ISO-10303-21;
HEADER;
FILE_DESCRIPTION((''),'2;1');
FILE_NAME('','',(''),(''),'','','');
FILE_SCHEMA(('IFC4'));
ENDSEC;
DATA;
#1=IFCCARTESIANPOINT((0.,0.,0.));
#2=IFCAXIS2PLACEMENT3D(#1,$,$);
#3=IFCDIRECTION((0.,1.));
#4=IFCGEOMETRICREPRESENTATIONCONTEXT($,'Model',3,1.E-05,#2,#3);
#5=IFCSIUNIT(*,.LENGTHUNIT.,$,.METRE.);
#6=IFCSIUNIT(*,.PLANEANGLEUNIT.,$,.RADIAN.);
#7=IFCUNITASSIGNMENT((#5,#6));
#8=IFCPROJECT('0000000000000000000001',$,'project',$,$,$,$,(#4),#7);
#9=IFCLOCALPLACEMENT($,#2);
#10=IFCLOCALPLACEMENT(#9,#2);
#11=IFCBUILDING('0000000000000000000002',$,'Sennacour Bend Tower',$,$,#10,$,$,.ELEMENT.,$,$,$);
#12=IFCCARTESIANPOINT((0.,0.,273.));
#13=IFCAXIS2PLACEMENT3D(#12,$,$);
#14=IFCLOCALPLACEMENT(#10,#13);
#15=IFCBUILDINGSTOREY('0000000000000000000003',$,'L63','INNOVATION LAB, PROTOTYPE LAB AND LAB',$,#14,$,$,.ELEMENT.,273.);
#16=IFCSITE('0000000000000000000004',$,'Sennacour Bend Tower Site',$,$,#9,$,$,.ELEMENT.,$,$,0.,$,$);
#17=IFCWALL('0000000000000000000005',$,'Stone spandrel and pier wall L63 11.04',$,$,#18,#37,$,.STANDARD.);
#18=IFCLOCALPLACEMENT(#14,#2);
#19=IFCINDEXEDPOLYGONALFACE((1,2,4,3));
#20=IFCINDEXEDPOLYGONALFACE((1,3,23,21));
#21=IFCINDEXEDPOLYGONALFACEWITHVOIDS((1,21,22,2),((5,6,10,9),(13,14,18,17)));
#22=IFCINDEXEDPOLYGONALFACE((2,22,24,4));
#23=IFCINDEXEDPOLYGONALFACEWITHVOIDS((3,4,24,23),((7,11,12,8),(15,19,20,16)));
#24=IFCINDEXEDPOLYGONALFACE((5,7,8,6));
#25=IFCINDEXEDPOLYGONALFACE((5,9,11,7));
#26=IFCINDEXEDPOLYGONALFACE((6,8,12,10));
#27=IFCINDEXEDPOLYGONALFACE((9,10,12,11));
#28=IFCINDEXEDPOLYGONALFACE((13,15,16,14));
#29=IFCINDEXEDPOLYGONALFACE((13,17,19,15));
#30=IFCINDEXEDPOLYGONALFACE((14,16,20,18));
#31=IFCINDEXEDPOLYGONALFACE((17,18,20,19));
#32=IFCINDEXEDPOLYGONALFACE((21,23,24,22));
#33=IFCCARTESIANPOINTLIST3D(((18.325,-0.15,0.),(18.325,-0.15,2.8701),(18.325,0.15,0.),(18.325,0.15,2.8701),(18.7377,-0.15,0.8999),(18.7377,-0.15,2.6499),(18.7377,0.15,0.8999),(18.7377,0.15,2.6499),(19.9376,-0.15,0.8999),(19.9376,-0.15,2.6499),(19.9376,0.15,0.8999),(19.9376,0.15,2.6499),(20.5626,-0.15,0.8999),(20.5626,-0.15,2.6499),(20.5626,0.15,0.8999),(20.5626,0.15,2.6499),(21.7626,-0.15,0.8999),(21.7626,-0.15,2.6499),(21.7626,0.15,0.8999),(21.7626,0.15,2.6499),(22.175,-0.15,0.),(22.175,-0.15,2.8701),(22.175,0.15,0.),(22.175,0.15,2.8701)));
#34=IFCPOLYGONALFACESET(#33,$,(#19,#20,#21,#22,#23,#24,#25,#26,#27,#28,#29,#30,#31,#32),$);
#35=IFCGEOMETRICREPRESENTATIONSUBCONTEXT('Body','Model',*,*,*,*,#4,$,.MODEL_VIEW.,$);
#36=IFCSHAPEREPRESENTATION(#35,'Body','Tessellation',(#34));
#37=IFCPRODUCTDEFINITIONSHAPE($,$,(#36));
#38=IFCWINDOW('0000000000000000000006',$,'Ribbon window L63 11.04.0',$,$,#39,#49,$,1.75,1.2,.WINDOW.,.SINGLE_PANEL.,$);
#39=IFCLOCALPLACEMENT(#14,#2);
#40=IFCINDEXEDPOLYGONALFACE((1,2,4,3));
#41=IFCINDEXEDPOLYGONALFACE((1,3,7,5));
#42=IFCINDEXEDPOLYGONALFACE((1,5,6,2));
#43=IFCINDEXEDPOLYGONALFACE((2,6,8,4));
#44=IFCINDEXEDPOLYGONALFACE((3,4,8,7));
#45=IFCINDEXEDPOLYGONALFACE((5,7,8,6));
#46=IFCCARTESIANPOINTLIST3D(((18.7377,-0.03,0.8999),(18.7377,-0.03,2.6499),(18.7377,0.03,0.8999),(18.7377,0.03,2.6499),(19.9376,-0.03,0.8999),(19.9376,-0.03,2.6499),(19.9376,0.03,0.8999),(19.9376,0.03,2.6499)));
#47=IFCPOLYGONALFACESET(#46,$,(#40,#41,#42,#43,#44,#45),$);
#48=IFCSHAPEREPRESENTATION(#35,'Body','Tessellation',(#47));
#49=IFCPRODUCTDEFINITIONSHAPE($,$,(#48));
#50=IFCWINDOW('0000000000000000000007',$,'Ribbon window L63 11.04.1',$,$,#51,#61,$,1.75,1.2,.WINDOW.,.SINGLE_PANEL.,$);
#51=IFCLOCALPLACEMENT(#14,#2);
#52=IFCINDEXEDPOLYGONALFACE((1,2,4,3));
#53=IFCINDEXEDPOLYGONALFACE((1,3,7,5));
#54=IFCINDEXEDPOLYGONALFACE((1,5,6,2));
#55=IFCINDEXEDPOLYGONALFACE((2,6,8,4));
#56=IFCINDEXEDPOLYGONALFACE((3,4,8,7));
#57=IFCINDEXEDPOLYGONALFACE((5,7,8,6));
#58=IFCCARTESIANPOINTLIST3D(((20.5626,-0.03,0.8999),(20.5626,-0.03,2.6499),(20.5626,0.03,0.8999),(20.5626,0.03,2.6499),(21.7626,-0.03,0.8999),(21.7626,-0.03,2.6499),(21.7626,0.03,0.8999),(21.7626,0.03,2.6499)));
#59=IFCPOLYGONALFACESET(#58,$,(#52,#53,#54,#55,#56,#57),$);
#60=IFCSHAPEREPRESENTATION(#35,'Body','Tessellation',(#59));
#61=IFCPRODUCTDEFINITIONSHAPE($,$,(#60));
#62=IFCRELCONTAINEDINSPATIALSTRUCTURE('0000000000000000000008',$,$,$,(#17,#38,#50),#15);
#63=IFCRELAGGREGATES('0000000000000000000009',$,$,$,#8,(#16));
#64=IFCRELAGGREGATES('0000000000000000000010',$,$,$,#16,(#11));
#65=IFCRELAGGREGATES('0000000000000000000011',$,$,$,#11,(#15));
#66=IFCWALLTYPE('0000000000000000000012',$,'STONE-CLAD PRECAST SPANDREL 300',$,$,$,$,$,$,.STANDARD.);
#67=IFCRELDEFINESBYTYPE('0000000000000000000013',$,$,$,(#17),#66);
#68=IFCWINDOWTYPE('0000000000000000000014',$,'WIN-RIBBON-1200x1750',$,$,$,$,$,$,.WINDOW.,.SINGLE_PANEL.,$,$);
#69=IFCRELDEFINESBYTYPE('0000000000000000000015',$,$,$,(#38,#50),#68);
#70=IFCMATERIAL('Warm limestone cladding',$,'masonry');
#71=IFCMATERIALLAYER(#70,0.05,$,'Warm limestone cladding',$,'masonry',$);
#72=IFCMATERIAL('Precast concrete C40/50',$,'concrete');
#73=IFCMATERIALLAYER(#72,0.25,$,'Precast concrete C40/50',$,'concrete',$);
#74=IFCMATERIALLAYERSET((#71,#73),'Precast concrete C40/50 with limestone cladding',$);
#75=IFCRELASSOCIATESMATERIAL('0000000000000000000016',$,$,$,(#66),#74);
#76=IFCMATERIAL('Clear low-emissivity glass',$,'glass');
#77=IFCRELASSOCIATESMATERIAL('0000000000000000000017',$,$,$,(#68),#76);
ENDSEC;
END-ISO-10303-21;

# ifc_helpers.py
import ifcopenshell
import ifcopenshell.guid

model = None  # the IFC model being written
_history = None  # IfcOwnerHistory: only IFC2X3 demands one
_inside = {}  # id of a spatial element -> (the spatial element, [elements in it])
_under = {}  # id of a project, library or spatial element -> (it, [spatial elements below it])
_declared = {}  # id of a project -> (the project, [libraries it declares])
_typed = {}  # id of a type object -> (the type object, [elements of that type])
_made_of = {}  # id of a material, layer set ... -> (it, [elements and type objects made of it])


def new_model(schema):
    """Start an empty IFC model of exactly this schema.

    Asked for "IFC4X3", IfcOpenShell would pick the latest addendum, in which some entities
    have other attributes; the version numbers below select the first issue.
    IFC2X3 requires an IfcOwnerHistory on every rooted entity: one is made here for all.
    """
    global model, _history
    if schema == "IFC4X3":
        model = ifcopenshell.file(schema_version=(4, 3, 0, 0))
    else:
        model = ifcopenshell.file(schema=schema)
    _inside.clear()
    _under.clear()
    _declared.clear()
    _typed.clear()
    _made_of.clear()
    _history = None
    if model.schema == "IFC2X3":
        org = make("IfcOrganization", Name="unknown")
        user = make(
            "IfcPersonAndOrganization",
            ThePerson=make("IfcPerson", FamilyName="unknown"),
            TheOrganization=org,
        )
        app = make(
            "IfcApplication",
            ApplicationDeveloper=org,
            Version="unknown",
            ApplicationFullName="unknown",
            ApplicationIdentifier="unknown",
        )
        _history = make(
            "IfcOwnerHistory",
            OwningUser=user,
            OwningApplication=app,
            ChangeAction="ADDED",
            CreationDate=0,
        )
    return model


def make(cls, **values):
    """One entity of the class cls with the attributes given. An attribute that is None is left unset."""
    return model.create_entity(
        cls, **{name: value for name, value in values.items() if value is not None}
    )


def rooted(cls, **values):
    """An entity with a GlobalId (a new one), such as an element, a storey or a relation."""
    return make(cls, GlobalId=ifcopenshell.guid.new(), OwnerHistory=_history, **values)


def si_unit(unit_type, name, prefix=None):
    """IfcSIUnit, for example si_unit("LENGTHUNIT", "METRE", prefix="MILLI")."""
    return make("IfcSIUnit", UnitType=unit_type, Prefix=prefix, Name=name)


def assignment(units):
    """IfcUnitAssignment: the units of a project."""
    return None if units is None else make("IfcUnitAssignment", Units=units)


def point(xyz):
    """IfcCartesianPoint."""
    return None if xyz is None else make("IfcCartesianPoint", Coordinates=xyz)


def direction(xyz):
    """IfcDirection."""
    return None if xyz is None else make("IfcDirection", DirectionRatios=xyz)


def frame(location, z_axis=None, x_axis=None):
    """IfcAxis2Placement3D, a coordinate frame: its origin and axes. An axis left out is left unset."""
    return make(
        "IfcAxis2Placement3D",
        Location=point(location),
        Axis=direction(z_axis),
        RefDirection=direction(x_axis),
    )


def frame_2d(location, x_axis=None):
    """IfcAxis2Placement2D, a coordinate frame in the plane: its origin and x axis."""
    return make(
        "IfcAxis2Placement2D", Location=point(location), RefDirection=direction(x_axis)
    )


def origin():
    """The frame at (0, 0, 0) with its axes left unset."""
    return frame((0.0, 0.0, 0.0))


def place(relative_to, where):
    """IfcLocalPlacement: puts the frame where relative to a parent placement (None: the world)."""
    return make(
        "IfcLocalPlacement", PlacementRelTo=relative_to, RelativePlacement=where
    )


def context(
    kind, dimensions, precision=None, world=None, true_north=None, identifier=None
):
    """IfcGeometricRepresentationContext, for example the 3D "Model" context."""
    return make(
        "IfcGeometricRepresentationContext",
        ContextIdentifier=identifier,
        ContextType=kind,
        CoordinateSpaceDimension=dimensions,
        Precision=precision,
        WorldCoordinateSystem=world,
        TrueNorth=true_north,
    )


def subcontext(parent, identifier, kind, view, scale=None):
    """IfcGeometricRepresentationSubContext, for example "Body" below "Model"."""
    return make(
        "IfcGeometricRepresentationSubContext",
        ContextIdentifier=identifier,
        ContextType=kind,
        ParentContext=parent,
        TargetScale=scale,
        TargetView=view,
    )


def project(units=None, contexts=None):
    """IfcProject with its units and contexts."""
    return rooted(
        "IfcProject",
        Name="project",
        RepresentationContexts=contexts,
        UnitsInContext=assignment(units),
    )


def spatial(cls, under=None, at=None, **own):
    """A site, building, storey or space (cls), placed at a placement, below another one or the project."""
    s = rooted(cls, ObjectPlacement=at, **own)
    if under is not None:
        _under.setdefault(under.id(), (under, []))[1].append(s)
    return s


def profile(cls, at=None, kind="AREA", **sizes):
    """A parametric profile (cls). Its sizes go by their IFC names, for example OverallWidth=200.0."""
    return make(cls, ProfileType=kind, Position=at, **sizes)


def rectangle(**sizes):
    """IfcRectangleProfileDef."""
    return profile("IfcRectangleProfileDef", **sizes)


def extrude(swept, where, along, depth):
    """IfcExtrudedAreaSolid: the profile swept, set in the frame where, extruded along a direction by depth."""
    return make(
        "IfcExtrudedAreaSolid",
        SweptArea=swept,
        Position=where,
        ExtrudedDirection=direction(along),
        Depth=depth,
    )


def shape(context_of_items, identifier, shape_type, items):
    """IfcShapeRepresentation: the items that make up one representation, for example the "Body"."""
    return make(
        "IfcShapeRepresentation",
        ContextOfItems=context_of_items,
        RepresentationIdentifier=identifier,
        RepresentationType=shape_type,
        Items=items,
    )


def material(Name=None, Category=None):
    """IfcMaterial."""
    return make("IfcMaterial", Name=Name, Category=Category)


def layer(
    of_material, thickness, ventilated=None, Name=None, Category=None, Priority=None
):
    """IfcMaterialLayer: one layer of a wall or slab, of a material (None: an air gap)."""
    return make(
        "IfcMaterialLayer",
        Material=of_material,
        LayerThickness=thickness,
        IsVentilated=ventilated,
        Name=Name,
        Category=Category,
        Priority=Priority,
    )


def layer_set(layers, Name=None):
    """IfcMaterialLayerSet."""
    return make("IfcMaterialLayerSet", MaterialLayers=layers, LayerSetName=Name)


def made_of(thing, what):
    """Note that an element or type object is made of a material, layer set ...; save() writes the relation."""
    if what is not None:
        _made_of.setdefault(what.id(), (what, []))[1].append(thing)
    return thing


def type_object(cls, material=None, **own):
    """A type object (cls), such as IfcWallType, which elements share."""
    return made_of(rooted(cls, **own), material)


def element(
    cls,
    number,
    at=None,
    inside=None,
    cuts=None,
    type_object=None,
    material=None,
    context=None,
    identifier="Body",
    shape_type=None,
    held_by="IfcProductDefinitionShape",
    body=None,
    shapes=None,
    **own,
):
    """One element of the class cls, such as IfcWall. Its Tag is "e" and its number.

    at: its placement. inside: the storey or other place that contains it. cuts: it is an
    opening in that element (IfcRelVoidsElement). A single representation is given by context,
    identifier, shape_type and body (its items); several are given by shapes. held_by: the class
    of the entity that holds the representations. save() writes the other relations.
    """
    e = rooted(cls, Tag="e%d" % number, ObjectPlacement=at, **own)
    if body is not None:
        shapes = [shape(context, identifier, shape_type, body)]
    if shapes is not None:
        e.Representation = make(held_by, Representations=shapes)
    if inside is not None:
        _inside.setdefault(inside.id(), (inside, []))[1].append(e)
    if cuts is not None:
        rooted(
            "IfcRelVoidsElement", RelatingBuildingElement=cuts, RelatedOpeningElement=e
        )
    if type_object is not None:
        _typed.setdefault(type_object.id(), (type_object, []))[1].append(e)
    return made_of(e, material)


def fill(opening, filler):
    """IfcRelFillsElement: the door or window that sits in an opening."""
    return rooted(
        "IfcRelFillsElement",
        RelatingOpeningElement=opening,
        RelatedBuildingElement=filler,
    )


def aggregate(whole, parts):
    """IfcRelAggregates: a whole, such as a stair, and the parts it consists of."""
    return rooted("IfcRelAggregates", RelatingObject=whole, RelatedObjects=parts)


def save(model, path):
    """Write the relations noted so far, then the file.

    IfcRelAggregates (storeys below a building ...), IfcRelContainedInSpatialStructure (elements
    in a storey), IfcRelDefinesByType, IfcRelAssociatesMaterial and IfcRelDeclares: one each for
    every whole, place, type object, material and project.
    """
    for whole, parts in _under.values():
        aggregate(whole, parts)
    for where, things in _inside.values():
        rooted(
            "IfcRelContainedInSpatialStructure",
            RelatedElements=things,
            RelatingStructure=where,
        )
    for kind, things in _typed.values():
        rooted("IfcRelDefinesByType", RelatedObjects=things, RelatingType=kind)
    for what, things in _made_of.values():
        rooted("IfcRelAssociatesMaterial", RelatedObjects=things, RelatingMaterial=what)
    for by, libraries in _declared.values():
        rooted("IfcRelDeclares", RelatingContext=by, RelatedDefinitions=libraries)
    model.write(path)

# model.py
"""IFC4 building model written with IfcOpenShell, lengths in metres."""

from ifc_helpers import new_model, si_unit, direction, frame, frame_2d, origin, place, context, subcontext, project, spatial, rectangle, extrude, material, layer, layer_set, type_object, element, fill, save


model = new_model("IFC4")

# Units and contexts
model_context = context("Model", 3, precision=1e-05, world=origin(), true_north=direction((0.0, 1.0)))
body_context = subcontext(model_context, "Body", "Model", "MODEL_VIEW")
ifc_project = project(units=[si_unit("LENGTHUNIT", "METRE"), si_unit("PLANEANGLEUNIT", "RADIAN")], contexts=[model_context])

# Site, building, storey
site_placement = place(None, origin())
site = spatial("IfcSite", under=ifc_project, at=site_placement, Name="Sennacour Bend Tower Site", CompositionType="ELEMENT", RefElevation=0.0)
building_placement = place(site_placement, origin())
building = spatial("IfcBuilding", under=site, at=building_placement, Name="Sennacour Bend Tower", CompositionType="ELEMENT")
storey_placement = place(building_placement, frame((0.0, 0.0, 273.0)))
storey = spatial("IfcBuildingStorey", under=building, at=storey_placement, Name="L63", Description="INNOVATION LAB, PROTOTYPE LAB AND LAB", CompositionType="ELEMENT", Elevation=273.0)

# Wall, openings, windows
ifc_material_1 = material(Name="Warm limestone cladding", Category="masonry")
ifc_layer_1 = layer(ifc_material_1, 0.05, Name="Warm limestone cladding", Category="masonry")
ifc_material_2 = material(Name="Precast concrete C40/50", Category="concrete")
ifc_layer_2 = layer(ifc_material_2, 0.25, Name="Precast concrete C40/50", Category="concrete")
ifc_layer_set_1 = layer_set([ifc_layer_1, ifc_layer_2], Name="Precast concrete C40/50 with limestone cladding")
wall_type_1 = type_object("IfcWallType", Name="STONE-CLAD PRECAST SPANDREL 300", PredefinedType="STANDARD", material=ifc_layer_set_1)
ifc_material_3 = material(Name="Clear low-emissivity glass", Category="glass")
window_type = type_object("IfcWindowType", Name="WIN-RIBBON-1200x1750", PartitioningType="SINGLE_PANEL", PredefinedType="WINDOW", material=ifc_material_3)
wall_1_placement = place(storey_placement, frame((18.325, 0.0, 0.0), z_axis=(0.0, 0.0, 1.0), x_axis=(1.0, 0.0, 0.0)))
wall_1 = element("IfcWall", 1, at=wall_1_placement, inside=storey, type_object=wall_type_1, Name="Stone spandrel and pier wall L63 11.04", PredefinedType="STANDARD", context=body_context, shape_type="SweptSolid", body=[
    extrude(rectangle(XDim=3.8501, YDim=0.3, at=frame_2d((1.925, 0.0))), origin(), (0.0, 0.0, 1.0), 2.8701),
])
opening_1_placement = place(wall_1_placement, frame((0.4126, 0.0, 0.8999)))
opening_1 = element("IfcOpeningElement", 2, at=opening_1_placement, cuts=wall_1, PredefinedType="OPENING", context=body_context, shape_type="SweptSolid", body=[
    extrude(rectangle(XDim=1.2, YDim=1.75, at=frame_2d((0.6001, 0.875))), frame((0.0, 0.1602, 0.0), z_axis=(0.0, -1.0, 0.0), x_axis=(1.0, 0.0, 0.0)), (0.0, 0.0, 1.0), 0.3201),
])
opening_2_placement = place(wall_1_placement, frame((2.2375, 0.0, 0.8999)))
opening_2 = element("IfcOpeningElement", 3, at=opening_2_placement, cuts=wall_1, PredefinedType="OPENING", context=body_context, shape_type="SweptSolid", body=[
    extrude(rectangle(XDim=1.2, YDim=1.75, at=frame_2d((0.6001, 0.875))), frame((0.0, 0.1602, 0.0), z_axis=(0.0, -1.0, 0.0), x_axis=(1.0, 0.0, 0.0)), (0.0, 0.0, 1.0), 0.3201),
])
window_1_placement = place(opening_1_placement, origin())
window_1 = element("IfcWindow", 4, at=window_1_placement, inside=storey, type_object=window_type, Name="Ribbon window L63 11.04.0", OverallHeight=1.75, OverallWidth=1.2, PartitioningType="SINGLE_PANEL", PredefinedType="WINDOW", context=body_context, shape_type="SweptSolid", body=[
    extrude(rectangle(XDim=1.2, YDim=1.75, at=frame_2d((0.6001, 0.875))), frame((0.0, 0.03, 0.0), z_axis=(0.0, -1.0, 0.0), x_axis=(1.0, 0.0, 0.0)), (0.0, 0.0, 1.0), 0.0601),
])
fill(opening_1, window_1)
window_2_placement = place(opening_2_placement, origin())
window_2 = element("IfcWindow", 5, at=window_2_placement, inside=storey, type_object=window_type, Name="Ribbon window L63 11.04.1", OverallHeight=1.75, OverallWidth=1.2, PartitioningType="SINGLE_PANEL", PredefinedType="WINDOW", context=body_context, shape_type="SweptSolid", body=[
    extrude(rectangle(XDim=1.2, YDim=1.75, at=frame_2d((0.6001, 0.875))), frame((0.0, 0.03, 0.0), z_axis=(0.0, -1.0, 0.0), x_axis=(1.0, 0.0, 0.0)), (0.0, 0.0, 1.0), 0.0601),
])
fill(opening_2, window_2)

save(model, "model.ifc")
